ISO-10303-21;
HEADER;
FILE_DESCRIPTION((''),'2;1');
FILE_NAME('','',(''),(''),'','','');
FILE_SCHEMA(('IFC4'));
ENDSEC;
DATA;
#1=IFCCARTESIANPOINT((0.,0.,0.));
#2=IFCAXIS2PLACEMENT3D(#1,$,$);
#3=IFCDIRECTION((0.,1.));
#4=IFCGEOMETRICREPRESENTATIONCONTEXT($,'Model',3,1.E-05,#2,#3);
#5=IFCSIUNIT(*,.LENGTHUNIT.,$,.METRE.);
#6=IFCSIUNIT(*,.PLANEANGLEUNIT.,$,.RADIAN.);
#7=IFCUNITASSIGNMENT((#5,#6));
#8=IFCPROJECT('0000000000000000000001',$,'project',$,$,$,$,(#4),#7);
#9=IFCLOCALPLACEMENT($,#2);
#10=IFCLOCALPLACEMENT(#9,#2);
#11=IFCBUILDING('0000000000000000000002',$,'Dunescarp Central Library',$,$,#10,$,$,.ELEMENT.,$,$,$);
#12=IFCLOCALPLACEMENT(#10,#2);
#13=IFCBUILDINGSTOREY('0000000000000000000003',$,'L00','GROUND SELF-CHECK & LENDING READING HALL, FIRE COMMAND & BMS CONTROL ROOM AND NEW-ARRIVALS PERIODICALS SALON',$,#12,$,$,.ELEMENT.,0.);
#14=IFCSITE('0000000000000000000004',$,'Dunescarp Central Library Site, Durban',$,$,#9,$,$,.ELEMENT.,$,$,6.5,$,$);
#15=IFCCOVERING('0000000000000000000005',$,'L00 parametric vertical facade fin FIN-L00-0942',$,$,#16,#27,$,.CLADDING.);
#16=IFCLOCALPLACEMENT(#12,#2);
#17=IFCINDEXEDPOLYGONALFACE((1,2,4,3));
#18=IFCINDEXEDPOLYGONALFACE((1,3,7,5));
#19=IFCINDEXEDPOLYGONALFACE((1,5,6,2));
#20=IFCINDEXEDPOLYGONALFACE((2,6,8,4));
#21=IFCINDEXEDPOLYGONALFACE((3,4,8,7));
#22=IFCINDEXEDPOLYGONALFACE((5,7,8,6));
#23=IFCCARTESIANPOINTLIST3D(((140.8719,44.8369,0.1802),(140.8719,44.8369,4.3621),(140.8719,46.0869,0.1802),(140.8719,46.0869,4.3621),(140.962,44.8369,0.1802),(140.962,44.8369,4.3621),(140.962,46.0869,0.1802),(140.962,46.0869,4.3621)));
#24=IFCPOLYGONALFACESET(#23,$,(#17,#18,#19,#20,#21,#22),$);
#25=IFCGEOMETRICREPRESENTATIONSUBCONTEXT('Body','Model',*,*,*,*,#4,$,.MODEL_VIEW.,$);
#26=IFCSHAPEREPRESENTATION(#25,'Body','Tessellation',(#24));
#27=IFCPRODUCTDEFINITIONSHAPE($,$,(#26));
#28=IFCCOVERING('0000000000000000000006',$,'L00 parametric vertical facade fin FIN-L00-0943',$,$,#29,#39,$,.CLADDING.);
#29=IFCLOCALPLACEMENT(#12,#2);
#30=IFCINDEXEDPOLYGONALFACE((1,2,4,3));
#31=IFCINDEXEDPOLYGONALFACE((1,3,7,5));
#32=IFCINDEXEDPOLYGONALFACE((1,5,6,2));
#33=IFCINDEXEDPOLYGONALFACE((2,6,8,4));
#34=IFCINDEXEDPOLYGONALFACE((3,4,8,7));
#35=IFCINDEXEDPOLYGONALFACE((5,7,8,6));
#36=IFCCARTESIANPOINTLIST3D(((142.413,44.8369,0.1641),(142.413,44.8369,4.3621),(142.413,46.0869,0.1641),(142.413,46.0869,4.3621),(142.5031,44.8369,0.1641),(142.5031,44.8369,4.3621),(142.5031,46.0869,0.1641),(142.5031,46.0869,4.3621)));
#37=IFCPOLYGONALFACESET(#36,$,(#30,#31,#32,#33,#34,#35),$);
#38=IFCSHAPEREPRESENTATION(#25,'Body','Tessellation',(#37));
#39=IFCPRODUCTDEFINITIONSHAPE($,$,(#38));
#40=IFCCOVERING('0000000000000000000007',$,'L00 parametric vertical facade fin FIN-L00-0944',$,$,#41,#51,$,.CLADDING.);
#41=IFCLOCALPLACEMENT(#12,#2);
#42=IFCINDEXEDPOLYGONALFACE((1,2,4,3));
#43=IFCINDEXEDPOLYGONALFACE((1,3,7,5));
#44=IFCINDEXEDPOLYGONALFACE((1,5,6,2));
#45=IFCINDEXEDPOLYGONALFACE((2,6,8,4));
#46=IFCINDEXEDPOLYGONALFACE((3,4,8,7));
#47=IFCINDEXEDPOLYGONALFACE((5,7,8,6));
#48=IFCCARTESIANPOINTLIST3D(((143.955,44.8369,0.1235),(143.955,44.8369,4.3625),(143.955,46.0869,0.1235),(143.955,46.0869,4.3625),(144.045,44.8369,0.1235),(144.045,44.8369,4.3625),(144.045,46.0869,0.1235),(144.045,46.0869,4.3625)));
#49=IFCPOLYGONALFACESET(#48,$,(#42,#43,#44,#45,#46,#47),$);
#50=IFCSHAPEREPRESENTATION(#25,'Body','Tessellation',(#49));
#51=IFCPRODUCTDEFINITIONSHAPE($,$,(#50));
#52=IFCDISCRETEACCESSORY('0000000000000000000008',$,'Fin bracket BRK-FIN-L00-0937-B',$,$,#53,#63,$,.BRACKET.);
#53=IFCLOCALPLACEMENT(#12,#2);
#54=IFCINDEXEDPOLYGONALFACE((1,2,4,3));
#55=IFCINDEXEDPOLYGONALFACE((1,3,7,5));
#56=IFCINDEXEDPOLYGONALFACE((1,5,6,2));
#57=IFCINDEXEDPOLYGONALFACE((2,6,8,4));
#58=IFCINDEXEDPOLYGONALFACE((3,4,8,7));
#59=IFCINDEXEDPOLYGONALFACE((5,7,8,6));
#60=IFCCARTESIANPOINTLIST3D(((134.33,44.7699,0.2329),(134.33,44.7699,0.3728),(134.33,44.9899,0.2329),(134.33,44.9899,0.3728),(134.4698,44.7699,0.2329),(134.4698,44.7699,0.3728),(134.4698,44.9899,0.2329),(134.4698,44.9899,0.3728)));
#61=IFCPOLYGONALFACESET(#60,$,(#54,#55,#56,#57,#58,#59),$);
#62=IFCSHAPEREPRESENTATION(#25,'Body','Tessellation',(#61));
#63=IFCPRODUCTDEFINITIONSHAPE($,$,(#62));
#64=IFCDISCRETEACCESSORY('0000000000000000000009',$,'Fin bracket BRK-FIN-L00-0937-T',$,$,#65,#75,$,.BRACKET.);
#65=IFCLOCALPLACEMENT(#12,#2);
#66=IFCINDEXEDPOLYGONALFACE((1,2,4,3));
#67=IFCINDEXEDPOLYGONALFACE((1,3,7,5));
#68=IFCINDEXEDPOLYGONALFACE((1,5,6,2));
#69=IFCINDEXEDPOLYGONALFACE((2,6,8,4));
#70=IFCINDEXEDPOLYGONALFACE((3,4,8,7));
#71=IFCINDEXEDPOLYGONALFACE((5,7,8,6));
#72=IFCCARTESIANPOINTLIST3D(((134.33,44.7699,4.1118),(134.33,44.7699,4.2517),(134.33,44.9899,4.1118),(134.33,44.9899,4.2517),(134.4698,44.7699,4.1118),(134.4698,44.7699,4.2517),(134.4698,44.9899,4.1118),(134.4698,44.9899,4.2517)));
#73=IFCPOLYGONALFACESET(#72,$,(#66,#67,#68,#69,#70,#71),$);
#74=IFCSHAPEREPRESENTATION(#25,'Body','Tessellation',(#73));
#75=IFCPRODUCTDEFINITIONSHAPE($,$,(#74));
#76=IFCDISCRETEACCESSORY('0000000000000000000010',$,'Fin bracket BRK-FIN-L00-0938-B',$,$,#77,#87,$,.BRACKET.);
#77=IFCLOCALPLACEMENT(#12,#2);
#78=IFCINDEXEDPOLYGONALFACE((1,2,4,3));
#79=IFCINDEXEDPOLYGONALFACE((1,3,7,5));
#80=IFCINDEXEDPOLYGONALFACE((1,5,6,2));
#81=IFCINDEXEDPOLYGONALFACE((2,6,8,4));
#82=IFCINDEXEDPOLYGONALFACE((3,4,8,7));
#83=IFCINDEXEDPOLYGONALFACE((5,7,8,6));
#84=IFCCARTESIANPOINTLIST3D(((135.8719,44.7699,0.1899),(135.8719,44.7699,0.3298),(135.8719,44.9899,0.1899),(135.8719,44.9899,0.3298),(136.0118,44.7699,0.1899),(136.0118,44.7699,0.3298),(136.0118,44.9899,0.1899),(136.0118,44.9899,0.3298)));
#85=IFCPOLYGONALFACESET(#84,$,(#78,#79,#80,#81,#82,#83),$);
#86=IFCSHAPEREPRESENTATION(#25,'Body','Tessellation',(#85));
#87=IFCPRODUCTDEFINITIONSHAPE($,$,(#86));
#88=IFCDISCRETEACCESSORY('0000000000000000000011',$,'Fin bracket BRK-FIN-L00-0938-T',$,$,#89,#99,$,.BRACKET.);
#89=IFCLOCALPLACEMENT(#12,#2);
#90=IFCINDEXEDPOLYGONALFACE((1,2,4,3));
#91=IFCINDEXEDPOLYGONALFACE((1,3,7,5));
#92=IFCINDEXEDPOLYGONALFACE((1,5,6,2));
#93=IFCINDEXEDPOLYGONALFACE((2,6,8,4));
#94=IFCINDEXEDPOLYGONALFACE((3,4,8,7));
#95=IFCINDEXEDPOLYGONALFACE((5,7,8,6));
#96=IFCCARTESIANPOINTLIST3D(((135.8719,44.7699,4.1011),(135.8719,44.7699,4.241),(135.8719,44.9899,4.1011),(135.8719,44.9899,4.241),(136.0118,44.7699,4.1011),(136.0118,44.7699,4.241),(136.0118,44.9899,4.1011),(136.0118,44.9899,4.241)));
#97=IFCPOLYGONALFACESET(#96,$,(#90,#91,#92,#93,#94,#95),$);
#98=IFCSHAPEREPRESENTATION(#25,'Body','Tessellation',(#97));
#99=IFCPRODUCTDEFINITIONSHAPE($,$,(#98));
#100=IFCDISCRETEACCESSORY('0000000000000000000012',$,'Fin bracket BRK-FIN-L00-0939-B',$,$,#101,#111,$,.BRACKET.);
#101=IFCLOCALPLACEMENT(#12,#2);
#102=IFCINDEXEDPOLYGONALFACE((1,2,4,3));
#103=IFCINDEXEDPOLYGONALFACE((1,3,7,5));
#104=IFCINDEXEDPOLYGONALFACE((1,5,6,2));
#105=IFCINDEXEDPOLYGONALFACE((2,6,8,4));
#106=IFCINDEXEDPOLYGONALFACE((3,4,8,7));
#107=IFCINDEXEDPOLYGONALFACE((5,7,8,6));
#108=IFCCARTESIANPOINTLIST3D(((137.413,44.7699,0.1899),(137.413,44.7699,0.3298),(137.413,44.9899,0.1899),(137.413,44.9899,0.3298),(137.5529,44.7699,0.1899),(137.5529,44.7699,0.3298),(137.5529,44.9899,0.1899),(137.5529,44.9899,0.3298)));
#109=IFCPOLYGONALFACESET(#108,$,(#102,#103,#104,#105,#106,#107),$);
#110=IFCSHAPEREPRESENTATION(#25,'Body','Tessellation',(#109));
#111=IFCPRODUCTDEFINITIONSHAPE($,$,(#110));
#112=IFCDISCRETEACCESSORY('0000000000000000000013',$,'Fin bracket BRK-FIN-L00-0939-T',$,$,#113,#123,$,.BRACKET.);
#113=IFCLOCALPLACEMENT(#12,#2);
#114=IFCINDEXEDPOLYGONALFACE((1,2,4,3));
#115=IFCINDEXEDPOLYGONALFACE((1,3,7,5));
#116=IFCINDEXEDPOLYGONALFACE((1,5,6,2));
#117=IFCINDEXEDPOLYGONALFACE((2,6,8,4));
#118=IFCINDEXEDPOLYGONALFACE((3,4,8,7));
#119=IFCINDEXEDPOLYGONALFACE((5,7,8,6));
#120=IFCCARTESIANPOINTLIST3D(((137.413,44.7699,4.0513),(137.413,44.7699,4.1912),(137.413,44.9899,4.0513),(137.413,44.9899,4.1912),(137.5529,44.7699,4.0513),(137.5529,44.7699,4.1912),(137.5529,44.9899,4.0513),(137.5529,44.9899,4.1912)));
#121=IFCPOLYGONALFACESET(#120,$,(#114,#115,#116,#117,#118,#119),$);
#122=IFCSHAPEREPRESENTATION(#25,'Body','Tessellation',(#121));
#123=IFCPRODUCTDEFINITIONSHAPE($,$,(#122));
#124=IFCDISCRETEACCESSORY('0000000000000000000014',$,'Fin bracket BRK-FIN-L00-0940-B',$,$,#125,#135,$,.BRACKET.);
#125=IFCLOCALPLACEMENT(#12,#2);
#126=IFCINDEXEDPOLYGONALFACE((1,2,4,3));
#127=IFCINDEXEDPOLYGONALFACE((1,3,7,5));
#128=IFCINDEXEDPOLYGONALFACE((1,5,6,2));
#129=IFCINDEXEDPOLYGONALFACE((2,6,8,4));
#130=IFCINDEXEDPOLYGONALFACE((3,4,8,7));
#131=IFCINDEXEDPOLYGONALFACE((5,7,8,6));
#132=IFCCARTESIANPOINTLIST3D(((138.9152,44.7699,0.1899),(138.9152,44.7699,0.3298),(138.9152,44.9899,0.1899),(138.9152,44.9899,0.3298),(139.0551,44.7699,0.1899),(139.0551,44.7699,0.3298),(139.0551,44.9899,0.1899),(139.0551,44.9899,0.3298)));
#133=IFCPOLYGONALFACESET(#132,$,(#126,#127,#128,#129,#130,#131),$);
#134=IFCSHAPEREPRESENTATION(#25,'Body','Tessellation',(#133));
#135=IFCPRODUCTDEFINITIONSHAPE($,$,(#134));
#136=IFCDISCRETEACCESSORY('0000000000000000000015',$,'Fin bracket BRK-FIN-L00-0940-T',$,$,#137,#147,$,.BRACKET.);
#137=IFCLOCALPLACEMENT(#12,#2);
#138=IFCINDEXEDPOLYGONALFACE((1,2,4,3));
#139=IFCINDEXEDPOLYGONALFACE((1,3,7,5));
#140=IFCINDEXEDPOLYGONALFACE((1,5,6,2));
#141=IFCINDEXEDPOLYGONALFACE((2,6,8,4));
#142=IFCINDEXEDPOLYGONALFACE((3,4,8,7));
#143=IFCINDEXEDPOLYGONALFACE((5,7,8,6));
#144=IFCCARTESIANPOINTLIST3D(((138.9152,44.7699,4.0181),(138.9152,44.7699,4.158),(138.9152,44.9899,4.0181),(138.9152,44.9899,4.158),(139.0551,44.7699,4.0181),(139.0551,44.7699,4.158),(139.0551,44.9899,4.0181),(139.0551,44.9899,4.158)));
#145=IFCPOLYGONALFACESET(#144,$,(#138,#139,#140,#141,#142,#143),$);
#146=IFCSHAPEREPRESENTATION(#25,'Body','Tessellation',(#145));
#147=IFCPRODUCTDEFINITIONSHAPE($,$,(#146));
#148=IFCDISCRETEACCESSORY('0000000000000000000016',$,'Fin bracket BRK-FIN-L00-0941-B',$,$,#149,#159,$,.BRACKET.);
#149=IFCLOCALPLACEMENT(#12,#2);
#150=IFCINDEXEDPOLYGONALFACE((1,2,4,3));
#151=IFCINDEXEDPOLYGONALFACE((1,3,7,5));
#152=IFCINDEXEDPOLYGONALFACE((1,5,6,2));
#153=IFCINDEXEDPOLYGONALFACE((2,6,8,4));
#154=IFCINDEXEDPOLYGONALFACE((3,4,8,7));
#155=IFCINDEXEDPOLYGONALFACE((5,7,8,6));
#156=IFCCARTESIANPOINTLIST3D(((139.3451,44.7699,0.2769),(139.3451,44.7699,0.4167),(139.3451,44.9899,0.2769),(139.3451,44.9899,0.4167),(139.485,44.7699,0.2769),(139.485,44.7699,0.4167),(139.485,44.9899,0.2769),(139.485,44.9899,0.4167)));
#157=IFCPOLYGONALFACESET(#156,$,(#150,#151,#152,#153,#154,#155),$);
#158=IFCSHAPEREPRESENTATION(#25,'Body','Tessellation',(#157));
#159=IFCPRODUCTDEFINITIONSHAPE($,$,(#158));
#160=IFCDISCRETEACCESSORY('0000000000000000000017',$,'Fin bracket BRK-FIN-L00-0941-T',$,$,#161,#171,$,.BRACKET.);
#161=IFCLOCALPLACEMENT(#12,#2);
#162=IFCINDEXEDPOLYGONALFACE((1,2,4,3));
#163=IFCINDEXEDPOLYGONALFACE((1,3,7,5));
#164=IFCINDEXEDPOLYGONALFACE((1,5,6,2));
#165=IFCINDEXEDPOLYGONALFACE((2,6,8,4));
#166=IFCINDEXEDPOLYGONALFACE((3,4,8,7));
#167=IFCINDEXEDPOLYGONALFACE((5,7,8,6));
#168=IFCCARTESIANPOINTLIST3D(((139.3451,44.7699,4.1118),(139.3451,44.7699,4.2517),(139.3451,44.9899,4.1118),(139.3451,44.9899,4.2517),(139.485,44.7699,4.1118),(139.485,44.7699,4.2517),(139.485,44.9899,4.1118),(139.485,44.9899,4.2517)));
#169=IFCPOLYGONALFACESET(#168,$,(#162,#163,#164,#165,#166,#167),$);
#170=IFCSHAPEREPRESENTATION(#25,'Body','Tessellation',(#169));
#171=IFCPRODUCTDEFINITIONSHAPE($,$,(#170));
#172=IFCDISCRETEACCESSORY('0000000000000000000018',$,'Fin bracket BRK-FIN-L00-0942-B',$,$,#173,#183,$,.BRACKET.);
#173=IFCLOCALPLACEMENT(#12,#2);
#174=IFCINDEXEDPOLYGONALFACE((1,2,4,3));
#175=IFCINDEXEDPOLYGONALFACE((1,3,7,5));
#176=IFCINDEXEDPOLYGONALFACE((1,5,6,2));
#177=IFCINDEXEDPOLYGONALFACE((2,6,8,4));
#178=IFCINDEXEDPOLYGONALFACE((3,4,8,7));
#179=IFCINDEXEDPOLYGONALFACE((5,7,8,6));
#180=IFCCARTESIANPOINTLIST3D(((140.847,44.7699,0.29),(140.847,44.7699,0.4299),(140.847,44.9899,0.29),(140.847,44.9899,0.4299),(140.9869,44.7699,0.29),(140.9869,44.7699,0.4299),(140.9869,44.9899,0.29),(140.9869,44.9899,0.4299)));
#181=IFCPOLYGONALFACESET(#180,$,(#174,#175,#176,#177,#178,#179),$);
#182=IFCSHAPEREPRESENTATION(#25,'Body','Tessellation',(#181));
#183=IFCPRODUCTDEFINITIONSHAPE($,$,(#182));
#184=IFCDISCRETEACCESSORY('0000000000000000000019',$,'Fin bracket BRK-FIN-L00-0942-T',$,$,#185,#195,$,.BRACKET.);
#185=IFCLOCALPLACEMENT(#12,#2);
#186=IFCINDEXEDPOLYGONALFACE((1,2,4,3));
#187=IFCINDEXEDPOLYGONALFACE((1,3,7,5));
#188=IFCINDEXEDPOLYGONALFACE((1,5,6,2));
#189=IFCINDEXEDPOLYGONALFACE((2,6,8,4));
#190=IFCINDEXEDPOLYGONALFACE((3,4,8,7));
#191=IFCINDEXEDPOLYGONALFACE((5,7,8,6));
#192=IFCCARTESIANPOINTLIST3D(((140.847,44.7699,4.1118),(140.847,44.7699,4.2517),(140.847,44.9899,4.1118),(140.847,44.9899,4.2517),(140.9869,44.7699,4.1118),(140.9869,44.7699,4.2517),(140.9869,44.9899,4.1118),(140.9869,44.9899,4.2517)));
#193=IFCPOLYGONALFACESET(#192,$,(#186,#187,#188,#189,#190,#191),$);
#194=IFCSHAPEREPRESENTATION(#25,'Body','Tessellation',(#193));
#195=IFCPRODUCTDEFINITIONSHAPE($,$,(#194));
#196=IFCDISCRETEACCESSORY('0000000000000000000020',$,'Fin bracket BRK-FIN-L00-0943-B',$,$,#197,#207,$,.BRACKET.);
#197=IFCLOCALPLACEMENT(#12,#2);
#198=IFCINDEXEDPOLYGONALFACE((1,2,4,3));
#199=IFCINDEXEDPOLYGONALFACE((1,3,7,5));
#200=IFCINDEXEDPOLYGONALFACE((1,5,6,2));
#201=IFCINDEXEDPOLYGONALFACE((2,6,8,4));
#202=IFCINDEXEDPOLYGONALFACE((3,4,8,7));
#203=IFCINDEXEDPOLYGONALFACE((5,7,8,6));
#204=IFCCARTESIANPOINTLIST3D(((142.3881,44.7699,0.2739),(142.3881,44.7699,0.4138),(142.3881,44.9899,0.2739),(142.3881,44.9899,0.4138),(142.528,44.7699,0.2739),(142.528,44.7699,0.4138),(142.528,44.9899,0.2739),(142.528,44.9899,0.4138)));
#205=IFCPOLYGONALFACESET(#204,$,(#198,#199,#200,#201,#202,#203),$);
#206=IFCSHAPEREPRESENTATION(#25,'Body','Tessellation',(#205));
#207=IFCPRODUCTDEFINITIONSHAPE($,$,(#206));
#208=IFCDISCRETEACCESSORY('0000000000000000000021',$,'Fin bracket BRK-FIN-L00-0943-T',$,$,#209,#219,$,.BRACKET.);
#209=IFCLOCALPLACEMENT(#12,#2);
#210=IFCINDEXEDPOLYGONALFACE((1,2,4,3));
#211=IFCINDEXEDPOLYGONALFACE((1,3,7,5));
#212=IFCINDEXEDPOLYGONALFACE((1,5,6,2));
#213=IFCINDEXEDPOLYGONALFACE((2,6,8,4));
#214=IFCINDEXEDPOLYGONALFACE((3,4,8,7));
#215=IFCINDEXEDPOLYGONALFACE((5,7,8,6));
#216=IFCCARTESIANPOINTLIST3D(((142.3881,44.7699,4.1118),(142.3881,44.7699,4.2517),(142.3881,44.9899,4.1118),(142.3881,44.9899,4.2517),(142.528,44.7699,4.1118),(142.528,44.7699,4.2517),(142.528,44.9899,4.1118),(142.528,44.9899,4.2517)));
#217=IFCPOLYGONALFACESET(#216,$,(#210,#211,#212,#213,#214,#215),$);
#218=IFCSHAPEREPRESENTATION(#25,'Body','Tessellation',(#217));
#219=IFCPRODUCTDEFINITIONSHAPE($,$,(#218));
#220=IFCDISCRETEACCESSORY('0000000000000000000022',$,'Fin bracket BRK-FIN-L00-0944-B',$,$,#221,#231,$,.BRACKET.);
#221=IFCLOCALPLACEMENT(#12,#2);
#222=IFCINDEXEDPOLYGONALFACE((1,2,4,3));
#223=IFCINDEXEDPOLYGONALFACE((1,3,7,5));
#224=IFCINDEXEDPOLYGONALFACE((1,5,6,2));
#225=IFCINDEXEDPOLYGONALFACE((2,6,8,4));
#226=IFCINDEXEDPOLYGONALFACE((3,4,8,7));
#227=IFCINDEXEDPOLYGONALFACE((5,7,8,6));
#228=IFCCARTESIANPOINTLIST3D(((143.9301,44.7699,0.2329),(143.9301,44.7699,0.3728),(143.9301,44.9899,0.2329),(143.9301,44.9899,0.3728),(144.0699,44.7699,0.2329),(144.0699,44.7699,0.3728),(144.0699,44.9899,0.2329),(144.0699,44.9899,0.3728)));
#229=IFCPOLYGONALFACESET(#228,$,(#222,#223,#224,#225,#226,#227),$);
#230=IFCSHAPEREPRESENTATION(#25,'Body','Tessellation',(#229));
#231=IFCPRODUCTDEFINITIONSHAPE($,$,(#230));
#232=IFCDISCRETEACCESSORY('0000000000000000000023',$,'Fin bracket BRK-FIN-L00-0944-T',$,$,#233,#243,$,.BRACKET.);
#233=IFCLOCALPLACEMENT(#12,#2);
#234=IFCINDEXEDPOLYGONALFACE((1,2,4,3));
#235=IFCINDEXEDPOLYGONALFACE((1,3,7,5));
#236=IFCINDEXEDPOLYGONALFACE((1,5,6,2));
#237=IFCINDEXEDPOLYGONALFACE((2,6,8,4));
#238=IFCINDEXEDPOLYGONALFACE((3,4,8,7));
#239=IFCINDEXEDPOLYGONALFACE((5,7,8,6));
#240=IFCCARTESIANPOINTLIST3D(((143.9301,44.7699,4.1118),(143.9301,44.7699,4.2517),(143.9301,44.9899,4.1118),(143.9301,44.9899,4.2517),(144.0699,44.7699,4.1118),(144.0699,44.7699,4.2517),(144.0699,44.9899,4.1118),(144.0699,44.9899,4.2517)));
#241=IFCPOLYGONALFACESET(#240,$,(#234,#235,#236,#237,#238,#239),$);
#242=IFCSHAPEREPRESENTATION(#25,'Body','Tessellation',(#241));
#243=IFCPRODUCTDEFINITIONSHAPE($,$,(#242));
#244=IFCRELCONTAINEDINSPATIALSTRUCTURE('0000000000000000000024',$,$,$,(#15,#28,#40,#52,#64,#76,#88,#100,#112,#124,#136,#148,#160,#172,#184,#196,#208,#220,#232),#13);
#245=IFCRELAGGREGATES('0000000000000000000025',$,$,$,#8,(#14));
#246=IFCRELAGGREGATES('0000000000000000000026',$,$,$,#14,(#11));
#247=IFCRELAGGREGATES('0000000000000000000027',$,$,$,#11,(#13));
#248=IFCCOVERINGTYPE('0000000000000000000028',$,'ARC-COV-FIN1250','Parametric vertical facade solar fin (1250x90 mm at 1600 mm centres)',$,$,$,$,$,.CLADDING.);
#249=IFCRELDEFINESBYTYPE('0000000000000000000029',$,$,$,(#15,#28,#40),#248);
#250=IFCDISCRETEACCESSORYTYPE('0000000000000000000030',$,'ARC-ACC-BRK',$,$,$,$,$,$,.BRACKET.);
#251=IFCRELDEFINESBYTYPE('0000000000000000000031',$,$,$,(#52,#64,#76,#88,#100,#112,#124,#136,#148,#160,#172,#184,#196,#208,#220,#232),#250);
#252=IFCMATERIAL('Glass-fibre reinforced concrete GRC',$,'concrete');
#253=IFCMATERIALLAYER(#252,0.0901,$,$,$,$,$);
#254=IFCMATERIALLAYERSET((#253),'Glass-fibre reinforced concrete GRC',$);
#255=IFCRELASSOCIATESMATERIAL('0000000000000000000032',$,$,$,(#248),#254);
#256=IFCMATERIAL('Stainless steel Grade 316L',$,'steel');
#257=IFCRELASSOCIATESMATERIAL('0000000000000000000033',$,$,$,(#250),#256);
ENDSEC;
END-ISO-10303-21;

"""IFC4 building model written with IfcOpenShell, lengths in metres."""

from ifc_helpers import new_model, si_unit, direction, frame, origin, origin_2d, place, context, subcontext, project, spatial, rectangle, extrude, material, layer, layer_set, type_object, element, save


model = new_model("IFC4")

# Units and contexts
model_context = context("Model", 3, precision=1e-05, world=origin(), true_north=direction((0.0, 1.0)))
body_context = subcontext(model_context, "Body", "Model", "MODEL_VIEW")
ifc_project = project(units=[si_unit("LENGTHUNIT", "METRE"), si_unit("PLANEANGLEUNIT", "RADIAN")], contexts=[model_context])

# Site, building, storey
site_placement = place(None, origin())
site = spatial("IfcSite", under=ifc_project, at=site_placement, Name="Dunescarp Central Library Site, Durban", CompositionType="ELEMENT", RefElevation=6.5)
building_placement = place(site_placement, origin())
building = spatial("IfcBuilding", under=site, at=building_placement, Name="Dunescarp Central Library", CompositionType="ELEMENT")
storey_placement = place(building_placement, origin())
storey = spatial("IfcBuildingStorey", under=building, at=storey_placement, Name="L00", Description="GROUND SELF-CHECK & LENDING READING HALL, FIRE COMMAND & BMS CONTROL ROOM AND NEW-ARRIVALS PERIODICALS SALON", CompositionType="ELEMENT", Elevation=0.0)

# Coverings
ifc_material_1 = material(Name="Glass-fibre reinforced concrete GRC", Category="concrete")
ifc_layer_1 = layer(ifc_material_1, 0.0901)
ifc_layer_set_1 = layer_set([ifc_layer_1], Name="Glass-fibre reinforced concrete GRC")
covering_type = type_object("IfcCoveringType", Name="ARC-COV-FIN1250", Description="Parametric vertical facade solar fin (1250x90 mm at 1600 mm centres)", PredefinedType="CLADDING", material=ifc_layer_set_1)
covering_1_placement = place(storey_placement, frame((140.917, 45.4619, 0.1802), z_axis=(0.0, 0.0, 1.0), x_axis=(0.0, 1.0, 0.0)))
element("IfcCovering", 1, at=covering_1_placement, inside=storey, type_object=covering_type, Name="L00 parametric vertical facade fin FIN-L00-0942", PredefinedType="CLADDING", context=body_context, shape_type="SweptSolid", body=[
    extrude(rectangle(XDim=1.25, YDim=0.0901, at=origin_2d()), origin(), (0.0, 0.0, 1.0), 4.1819),
])
covering_2_placement = place(storey_placement, frame((142.458, 45.4619, 0.1641), z_axis=(0.0, 0.0, 1.0), x_axis=(0.0, 1.0, 0.0)))
element("IfcCovering", 2, at=covering_2_placement, inside=storey, type_object=covering_type, Name="L00 parametric vertical facade fin FIN-L00-0943", PredefinedType="CLADDING", context=body_context, shape_type="SweptSolid", body=[
    extrude(rectangle(XDim=1.25, YDim=0.0901, at=origin_2d()), origin(), (0.0, 0.0, 1.0), 4.198),
])
covering_3_placement = place(storey_placement, frame((144.0, 45.4619, 0.1235), z_axis=(0.0, 0.0, 1.0), x_axis=(0.0, 1.0, 0.0)))
element("IfcCovering", 3, at=covering_3_placement, inside=storey, type_object=covering_type, Name="L00 parametric vertical facade fin FIN-L00-0944", PredefinedType="CLADDING", context=body_context, shape_type="SweptSolid", body=[
    extrude(rectangle(XDim=1.25, YDim=0.0901, at=origin_2d()), origin(), (0.0, 0.0, 1.0), 4.239),
])

# Discrete accessories
ifc_material_2 = material(Name="Stainless steel Grade 316L", Category="steel")
discrete_accessory_type = type_object("IfcDiscreteAccessoryType", Name="ARC-ACC-BRK", PredefinedType="BRACKET", material=ifc_material_2)
for number, where, z_axis, x_axis, name in (
    (4, (134.3999, 44.8799, 0.2329), (0.0, 0.0, 1.0), (0.0, 1.0, 0.0), "Fin bracket BRK-FIN-L00-0937-B"),
    (5, (134.3999, 44.8799, 4.1118), (0.0, 0.0, 1.0), (0.0, 1.0, 0.0), "Fin bracket BRK-FIN-L00-0937-T"),
    (6, (135.9419, 44.8799, 0.1899), (0.0, 0.0, 1.0), (0.0, 1.0, 0.0), "Fin bracket BRK-FIN-L00-0938-B"),
    (7, (135.9419, 44.8799, 4.1011), (0.0, 0.0, 1.0), (0.0, 1.0, 0.0), "Fin bracket BRK-FIN-L00-0938-T"),
    (8, (137.4829, 44.8799, 0.1899), (0.0, 0.0, 1.0), (0.0, 1.0, 0.0), "Fin bracket BRK-FIN-L00-0939-B"),
    (9, (137.4829, 44.8799, 4.0513), (0.0, 0.0, 1.0), (0.0, 1.0, 0.0), "Fin bracket BRK-FIN-L00-0939-T"),
    (10, (138.9851, 44.8799, 0.1899), (0.0, 0.0, 1.0), (0.0, 1.0, 0.0), "Fin bracket BRK-FIN-L00-0940-B"),
    (11, (138.9851, 44.8799, 4.0181), (0.0, 0.0, 1.0), (0.0, 1.0, 0.0), "Fin bracket BRK-FIN-L00-0940-T"),
    (12, (139.415, 44.8799, 0.2769), (0.0, 0.0, 1.0), (0.0, 1.0, 0.0), "Fin bracket BRK-FIN-L00-0941-B"),
    (13, (139.415, 44.8799, 4.1118), (0.0, 0.0, 1.0), (0.0, 1.0, 0.0), "Fin bracket BRK-FIN-L00-0941-T"),
    (14, (140.917, 44.8799, 0.29), (0.0, 0.0, 1.0), (0.0, 1.0, 0.0), "Fin bracket BRK-FIN-L00-0942-B"),
    (15, (140.917, 44.8799, 4.1118), (0.0, 0.0, 1.0), (0.0, 1.0, 0.0), "Fin bracket BRK-FIN-L00-0942-T"),
    (16, (142.458, 44.8799, 0.2739), (0.0, 0.0, 1.0), (0.0, 1.0, 0.0), "Fin bracket BRK-FIN-L00-0943-B"),
    (17, (142.458, 44.8799, 4.1118), (0.0, 0.0, 1.0), (0.0, 1.0, 0.0), "Fin bracket BRK-FIN-L00-0943-T"),
    (18, (144.0, 44.8799, 0.2329), (0.0, 0.0, 1.0), (0.0, 1.0, 0.0), "Fin bracket BRK-FIN-L00-0944-B"),
    (19, (144.0, 44.8799, 4.1118), (0.0, 0.0, 1.0), (0.0, 1.0, 0.0), "Fin bracket BRK-FIN-L00-0944-T"),
):
    element("IfcDiscreteAccessory", number, at=place(storey_placement, frame(where, z_axis=z_axis, x_axis=x_axis)), inside=storey, type_object=discrete_accessory_type, Name=name, PredefinedType="BRACKET", context=body_context, shape_type="SweptSolid", body=[
        extrude(rectangle(XDim=0.22, YDim=0.1399, at=origin_2d()), origin(), (0.0, 0.0, 1.0), 0.1399),
    ])

save(model, "model.ifc")
